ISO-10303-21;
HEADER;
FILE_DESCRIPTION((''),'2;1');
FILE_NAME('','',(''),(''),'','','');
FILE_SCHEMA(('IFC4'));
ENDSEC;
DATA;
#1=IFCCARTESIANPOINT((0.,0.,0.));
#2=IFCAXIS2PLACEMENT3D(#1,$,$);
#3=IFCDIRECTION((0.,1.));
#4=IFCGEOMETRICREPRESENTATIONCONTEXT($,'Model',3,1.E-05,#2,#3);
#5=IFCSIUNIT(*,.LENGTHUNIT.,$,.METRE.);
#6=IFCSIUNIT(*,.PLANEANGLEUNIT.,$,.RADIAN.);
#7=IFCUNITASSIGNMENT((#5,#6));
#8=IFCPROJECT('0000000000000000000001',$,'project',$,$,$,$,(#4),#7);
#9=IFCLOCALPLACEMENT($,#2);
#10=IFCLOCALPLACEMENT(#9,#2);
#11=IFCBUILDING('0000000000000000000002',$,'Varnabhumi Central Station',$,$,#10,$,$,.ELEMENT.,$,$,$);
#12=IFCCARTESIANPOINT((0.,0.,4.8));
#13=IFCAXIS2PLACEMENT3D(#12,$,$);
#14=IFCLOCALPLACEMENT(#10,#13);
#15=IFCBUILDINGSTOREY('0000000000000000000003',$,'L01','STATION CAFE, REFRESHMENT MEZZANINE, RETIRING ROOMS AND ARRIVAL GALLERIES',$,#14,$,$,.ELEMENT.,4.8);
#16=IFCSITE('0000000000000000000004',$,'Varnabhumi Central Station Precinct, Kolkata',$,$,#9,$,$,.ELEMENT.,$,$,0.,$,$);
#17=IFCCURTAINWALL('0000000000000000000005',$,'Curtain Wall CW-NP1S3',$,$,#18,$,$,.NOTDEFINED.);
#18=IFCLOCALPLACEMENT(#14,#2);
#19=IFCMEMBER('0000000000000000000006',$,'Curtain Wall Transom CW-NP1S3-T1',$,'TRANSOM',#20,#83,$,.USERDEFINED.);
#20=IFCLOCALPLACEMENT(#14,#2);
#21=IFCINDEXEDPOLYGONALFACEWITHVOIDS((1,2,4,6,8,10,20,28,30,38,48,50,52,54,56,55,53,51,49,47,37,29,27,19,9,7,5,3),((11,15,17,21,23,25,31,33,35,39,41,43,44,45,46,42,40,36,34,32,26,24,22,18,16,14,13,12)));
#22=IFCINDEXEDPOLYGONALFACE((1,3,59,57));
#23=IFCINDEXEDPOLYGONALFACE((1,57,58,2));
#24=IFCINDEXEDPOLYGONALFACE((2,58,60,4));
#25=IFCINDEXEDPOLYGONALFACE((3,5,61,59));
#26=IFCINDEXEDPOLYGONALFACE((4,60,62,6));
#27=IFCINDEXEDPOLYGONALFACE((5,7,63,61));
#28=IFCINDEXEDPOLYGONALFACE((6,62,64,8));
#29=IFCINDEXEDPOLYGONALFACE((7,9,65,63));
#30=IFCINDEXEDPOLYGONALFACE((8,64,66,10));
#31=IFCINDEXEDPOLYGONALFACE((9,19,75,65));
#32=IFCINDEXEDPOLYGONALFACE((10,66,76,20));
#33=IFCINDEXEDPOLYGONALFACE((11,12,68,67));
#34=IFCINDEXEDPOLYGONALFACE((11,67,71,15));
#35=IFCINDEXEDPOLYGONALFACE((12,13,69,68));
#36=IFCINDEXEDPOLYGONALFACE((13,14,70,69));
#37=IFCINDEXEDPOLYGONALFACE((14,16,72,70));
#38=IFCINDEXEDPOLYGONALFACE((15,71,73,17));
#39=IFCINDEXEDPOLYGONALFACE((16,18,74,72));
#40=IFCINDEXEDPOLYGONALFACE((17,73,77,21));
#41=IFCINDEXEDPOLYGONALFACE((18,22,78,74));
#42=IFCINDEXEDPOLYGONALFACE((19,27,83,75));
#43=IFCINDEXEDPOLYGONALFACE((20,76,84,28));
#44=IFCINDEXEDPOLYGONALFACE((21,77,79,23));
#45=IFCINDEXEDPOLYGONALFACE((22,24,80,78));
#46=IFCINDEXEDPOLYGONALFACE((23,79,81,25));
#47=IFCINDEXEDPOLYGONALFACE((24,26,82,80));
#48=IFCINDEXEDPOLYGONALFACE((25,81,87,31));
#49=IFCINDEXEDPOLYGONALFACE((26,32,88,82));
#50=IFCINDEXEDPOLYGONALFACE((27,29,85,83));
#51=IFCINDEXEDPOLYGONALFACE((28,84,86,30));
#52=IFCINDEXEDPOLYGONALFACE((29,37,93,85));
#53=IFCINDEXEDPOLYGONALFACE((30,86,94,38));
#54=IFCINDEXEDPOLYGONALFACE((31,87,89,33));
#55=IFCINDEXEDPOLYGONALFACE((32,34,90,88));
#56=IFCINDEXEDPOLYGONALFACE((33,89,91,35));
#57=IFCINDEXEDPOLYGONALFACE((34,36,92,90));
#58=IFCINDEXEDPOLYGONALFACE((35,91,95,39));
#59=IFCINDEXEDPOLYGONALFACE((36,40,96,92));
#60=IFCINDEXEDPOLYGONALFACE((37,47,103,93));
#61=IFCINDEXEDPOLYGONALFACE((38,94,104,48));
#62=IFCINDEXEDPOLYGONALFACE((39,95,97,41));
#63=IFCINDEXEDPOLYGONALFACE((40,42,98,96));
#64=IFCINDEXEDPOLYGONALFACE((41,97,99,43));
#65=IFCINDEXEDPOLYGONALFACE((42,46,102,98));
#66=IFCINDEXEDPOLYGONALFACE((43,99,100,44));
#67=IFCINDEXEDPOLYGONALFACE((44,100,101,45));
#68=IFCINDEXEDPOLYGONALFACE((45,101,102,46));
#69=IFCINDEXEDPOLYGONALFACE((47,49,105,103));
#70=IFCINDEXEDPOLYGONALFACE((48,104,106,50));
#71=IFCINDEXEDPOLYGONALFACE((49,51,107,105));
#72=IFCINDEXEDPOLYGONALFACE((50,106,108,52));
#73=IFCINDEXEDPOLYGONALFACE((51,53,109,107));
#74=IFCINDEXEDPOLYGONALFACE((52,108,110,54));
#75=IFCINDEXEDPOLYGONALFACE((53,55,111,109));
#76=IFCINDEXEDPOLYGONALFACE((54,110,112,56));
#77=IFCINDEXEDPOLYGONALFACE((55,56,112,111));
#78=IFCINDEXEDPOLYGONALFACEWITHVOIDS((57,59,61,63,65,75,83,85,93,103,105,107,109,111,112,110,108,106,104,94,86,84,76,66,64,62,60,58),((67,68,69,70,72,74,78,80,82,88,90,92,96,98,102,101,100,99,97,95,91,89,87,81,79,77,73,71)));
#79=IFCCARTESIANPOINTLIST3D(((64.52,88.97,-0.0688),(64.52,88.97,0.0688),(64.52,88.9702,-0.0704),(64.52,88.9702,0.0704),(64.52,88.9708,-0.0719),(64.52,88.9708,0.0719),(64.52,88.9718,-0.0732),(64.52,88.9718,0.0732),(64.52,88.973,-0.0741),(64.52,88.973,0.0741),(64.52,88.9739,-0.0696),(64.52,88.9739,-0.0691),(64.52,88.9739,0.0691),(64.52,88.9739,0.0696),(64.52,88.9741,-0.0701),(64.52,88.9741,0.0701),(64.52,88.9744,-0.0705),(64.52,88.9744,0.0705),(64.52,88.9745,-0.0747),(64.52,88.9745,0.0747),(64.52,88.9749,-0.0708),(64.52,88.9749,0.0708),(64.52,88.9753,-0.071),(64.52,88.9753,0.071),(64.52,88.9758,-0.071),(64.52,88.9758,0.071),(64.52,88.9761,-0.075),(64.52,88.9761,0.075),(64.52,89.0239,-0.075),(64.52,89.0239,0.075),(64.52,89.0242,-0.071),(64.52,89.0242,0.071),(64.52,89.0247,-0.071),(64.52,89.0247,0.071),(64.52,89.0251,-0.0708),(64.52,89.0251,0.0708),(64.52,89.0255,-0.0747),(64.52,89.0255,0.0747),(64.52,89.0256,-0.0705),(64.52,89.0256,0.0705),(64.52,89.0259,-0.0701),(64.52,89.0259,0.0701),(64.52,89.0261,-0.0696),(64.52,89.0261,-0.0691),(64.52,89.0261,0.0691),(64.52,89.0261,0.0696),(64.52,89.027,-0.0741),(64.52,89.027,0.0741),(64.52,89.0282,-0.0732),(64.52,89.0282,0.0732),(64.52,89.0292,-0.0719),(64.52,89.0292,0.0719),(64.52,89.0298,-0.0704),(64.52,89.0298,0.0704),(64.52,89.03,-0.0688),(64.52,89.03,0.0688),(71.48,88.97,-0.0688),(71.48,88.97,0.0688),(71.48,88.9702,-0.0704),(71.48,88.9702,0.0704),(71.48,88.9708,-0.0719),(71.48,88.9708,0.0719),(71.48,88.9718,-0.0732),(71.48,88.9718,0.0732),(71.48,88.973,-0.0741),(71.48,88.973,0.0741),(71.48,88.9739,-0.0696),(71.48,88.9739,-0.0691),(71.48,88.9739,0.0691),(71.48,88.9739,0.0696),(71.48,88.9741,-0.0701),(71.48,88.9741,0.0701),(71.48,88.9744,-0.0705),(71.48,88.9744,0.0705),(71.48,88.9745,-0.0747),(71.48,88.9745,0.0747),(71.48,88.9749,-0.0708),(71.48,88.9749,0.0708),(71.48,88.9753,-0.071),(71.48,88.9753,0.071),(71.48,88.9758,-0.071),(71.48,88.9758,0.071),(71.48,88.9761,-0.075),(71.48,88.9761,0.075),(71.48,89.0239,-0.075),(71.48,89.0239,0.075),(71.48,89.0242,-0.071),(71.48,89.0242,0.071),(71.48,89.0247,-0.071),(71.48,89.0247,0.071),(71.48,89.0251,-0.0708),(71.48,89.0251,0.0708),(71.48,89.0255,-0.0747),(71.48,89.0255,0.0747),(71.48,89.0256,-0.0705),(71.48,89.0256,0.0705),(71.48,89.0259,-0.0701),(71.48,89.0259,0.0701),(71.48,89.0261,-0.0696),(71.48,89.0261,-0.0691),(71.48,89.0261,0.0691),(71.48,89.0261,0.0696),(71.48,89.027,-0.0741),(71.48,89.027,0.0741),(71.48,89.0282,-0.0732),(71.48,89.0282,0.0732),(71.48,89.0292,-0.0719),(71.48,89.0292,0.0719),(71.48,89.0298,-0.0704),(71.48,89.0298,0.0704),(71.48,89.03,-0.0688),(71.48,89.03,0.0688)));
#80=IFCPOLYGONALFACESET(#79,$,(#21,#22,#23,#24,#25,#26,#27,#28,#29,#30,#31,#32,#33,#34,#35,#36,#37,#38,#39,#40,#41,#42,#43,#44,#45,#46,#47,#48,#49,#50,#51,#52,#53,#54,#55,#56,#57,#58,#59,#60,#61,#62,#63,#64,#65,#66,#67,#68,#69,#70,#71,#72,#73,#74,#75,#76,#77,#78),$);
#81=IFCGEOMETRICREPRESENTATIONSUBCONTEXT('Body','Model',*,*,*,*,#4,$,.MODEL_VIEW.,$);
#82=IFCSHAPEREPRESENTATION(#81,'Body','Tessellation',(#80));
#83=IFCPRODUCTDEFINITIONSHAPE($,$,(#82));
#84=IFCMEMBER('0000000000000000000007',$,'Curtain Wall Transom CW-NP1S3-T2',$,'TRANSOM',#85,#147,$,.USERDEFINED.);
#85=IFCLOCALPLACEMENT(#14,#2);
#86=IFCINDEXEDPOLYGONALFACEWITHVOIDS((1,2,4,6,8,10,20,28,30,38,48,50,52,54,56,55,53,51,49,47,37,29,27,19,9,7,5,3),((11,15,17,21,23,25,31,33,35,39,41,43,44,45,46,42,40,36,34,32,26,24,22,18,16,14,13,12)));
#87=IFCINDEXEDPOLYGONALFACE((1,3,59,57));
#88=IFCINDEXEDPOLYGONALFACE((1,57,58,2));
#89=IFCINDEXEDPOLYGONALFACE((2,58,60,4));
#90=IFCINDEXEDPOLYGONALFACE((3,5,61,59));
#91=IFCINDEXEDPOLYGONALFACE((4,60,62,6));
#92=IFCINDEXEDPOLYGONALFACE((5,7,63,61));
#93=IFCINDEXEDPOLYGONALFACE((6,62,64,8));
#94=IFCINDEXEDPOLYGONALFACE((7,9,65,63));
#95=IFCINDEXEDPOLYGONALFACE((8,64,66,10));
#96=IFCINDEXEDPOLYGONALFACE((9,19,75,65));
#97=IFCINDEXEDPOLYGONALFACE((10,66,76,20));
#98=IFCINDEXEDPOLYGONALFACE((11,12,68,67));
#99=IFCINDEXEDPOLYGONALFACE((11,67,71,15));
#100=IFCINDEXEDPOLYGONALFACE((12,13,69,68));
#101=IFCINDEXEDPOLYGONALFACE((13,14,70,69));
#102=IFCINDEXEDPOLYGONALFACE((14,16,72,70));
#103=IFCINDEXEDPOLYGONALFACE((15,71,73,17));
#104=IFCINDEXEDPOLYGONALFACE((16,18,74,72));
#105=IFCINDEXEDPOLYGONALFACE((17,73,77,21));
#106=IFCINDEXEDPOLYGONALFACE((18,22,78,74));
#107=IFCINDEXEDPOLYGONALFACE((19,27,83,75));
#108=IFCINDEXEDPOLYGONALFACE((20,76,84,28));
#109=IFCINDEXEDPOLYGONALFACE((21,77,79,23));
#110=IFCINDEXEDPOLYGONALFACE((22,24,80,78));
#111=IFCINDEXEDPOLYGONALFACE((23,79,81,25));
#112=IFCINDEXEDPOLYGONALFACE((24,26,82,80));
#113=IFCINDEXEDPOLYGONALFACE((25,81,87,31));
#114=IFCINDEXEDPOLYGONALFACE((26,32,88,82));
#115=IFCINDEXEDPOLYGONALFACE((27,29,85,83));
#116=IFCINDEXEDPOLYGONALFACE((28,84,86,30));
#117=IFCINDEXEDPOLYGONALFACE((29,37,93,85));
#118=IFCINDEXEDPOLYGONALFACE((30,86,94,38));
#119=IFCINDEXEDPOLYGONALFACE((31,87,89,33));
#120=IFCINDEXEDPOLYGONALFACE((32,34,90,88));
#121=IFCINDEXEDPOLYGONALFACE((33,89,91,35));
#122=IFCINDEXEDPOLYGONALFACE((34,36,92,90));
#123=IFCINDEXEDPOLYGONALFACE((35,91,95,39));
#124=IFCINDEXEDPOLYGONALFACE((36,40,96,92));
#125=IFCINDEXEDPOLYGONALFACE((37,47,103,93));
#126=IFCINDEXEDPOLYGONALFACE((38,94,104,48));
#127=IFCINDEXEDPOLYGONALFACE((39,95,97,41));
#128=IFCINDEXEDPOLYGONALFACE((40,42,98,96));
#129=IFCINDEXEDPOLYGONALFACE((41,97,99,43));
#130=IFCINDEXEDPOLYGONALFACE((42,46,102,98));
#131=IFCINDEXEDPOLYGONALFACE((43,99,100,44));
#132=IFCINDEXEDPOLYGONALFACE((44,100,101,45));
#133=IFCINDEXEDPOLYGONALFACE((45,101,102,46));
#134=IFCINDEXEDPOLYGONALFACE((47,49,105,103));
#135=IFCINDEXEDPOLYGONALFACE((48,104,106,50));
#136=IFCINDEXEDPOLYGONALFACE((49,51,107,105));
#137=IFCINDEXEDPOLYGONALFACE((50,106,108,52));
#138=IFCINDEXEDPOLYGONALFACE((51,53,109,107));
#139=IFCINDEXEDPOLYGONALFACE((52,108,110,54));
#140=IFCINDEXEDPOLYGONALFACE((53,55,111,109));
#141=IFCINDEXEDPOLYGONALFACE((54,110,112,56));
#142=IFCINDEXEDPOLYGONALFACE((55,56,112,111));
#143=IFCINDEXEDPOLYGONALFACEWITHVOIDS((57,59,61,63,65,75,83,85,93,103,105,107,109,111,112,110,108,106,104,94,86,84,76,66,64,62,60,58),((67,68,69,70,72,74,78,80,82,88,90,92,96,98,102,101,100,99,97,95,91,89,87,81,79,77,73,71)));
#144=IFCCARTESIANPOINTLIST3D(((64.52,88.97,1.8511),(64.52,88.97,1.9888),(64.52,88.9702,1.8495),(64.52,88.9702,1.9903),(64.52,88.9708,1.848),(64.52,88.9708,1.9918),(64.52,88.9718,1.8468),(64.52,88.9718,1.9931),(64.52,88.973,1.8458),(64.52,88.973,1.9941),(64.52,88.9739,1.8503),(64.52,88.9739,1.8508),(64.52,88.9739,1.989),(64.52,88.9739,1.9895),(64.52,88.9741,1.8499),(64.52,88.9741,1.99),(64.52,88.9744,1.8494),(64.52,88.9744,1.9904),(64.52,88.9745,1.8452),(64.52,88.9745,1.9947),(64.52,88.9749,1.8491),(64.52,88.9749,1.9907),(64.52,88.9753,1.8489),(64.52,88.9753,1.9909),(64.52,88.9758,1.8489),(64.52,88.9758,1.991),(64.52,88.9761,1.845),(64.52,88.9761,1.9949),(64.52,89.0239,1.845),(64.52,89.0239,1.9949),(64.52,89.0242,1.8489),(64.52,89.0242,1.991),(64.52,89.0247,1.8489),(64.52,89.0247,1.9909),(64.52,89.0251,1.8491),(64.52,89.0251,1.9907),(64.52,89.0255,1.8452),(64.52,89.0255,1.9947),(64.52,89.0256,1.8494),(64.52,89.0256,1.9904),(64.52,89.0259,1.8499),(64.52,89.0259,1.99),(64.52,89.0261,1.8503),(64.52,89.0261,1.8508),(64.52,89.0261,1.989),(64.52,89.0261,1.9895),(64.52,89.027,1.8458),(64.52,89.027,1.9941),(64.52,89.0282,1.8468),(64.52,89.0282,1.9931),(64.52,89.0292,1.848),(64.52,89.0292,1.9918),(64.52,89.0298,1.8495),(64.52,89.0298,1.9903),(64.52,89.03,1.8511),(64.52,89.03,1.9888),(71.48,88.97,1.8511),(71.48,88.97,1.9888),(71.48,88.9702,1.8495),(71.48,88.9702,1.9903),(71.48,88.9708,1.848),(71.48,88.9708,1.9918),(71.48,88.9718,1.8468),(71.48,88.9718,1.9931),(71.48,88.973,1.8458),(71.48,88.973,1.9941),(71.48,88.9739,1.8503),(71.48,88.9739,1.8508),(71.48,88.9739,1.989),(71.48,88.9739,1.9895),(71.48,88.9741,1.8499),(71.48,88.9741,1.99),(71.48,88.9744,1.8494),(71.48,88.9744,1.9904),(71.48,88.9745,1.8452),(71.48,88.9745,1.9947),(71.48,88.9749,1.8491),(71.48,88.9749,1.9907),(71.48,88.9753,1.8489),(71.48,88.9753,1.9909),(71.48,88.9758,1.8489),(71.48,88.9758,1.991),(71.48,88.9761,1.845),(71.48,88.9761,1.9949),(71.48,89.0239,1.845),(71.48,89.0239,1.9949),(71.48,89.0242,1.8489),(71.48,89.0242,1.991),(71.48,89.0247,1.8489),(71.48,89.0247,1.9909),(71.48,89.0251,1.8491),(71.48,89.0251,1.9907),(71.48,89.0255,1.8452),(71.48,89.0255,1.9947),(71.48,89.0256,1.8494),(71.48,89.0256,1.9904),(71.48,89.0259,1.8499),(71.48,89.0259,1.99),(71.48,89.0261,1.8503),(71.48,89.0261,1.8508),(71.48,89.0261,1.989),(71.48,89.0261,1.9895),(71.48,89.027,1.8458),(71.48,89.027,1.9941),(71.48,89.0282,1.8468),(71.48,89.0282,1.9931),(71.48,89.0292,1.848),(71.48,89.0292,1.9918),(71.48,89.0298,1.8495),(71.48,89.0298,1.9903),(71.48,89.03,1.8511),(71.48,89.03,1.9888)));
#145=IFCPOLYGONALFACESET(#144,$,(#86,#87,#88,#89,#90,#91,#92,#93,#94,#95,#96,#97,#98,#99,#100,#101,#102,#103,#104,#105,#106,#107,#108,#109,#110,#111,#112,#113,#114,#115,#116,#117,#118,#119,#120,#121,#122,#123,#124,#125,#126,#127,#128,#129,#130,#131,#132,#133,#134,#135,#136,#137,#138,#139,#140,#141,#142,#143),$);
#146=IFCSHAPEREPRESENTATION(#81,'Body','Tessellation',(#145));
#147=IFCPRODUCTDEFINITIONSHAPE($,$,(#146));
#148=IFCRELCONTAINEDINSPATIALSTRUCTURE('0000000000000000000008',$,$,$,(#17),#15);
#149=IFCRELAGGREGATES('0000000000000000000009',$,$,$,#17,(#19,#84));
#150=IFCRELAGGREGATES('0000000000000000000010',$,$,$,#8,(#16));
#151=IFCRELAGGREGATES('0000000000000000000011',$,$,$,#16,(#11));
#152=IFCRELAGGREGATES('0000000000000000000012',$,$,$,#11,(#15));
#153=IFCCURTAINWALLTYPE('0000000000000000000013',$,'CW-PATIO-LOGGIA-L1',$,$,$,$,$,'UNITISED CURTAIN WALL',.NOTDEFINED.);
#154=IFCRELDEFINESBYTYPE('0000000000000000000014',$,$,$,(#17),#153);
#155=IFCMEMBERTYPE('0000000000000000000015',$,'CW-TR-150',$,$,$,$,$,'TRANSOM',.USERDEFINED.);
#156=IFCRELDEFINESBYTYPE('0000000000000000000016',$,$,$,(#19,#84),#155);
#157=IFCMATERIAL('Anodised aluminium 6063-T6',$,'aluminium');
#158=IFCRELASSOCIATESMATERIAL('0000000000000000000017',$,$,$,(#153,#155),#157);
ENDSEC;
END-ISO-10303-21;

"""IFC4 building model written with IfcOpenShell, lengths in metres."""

from ifc_helpers import new_model, si_unit, direction, frame, origin, origin_2d, place, context, subcontext, project, spatial, hollow_rectangle, extrude, material, material_profile, profile_set, type_object, element, aggregate, save


model = new_model("IFC4")

# Units and contexts
model_context = context("Model", 3, precision=1e-05, world=origin(), true_north=direction((0.0, 1.0)))
body_context = subcontext(model_context, "Body", "Model", "MODEL_VIEW")
ifc_project = project(units=[si_unit("LENGTHUNIT", "METRE"), si_unit("PLANEANGLEUNIT", "RADIAN")], contexts=[model_context])

# Site, building, storey
site_placement = place(None, origin())
site = spatial("IfcSite", under=ifc_project, at=site_placement, Name="Varnabhumi Central Station Precinct, Kolkata", CompositionType="ELEMENT", RefElevation=0.0)
building_placement = place(site_placement, origin())
building = spatial("IfcBuilding", under=site, at=building_placement, Name="Varnabhumi Central Station", CompositionType="ELEMENT")
storey_placement = place(building_placement, frame((0.0, 0.0, 4.8)))
storey = spatial("IfcBuildingStorey", under=building, at=storey_placement, Name="L01", Description="STATION CAFE, REFRESHMENT MEZZANINE, RETIRING ROOMS AND ARRIVAL GALLERIES", CompositionType="ELEMENT", Elevation=4.8)

# Shared definitions
ifc_material_1 = material(Name="Anodised aluminium 6063-T6", Category="aluminium")

# Curtain wall
curtain_wall_type_1 = type_object("IfcCurtainWallType", Name="CW-PATIO-LOGGIA-L1", ElementType="UNITISED CURTAIN WALL", PredefinedType="NOTDEFINED", material=ifc_material_1)
curtain_wall_1_placement = place(storey_placement, origin())
curtain_wall_1 = element("IfcCurtainWall", 1, at=curtain_wall_1_placement, inside=storey, type_object=curtain_wall_type_1, Name="Curtain Wall CW-NP1S3", PredefinedType="NOTDEFINED")

# Members
ifc_material_profile_1 = material_profile(ifc_material_1, hollow_rectangle(XDim=0.0601, YDim=0.1499, WallThickness=0.0039, InnerFilletRadius=0.002, OuterFilletRadius=0.0061, at=origin_2d()), Name="Anodised aluminium 6063-T6", Category="aluminium")
ifc_profile_set_1 = profile_set([ifc_material_profile_1], Name="Anodised aluminium 6063-T6")
member_type_1 = type_object("IfcMemberType", Name="CW-TR-150", ElementType="TRANSOM", PredefinedType="USERDEFINED", material=ifc_profile_set_1)
member_1_placement = place(storey_placement, frame((64.52, 89.0, 0.0), z_axis=(1.0, 0.0, 0.0), x_axis=(0.0, 1.0, 0.0)))
member_1 = element("IfcMember", 2, at=member_1_placement, type_object=member_type_1, Name="Curtain Wall Transom CW-NP1S3-T1", ObjectType="TRANSOM", PredefinedType="USERDEFINED", context=body_context, shape_type="SweptSolid", body=[
    extrude(hollow_rectangle(XDim=0.0601, YDim=0.1499, WallThickness=0.0039, InnerFilletRadius=0.002, OuterFilletRadius=0.0061, at=origin_2d()), origin(), (0.0, 0.0, 1.0), 6.96),
])
member_2_placement = place(storey_placement, frame((64.52, 89.0, 1.9199), z_axis=(1.0, 0.0, 0.0), x_axis=(0.0, 1.0, 0.0)))
member_2 = element("IfcMember", 3, at=member_2_placement, type_object=member_type_1, Name="Curtain Wall Transom CW-NP1S3-T2", ObjectType="TRANSOM", PredefinedType="USERDEFINED", context=body_context, shape_type="SweptSolid", body=[
    extrude(hollow_rectangle(XDim=0.0601, YDim=0.1499, WallThickness=0.0039, InnerFilletRadius=0.002, OuterFilletRadius=0.0061, at=origin_2d()), origin(), (0.0, 0.0, 1.0), 6.96),
])

aggregate(curtain_wall_1, [member_1, member_2])

save(model, "model.ifc")
